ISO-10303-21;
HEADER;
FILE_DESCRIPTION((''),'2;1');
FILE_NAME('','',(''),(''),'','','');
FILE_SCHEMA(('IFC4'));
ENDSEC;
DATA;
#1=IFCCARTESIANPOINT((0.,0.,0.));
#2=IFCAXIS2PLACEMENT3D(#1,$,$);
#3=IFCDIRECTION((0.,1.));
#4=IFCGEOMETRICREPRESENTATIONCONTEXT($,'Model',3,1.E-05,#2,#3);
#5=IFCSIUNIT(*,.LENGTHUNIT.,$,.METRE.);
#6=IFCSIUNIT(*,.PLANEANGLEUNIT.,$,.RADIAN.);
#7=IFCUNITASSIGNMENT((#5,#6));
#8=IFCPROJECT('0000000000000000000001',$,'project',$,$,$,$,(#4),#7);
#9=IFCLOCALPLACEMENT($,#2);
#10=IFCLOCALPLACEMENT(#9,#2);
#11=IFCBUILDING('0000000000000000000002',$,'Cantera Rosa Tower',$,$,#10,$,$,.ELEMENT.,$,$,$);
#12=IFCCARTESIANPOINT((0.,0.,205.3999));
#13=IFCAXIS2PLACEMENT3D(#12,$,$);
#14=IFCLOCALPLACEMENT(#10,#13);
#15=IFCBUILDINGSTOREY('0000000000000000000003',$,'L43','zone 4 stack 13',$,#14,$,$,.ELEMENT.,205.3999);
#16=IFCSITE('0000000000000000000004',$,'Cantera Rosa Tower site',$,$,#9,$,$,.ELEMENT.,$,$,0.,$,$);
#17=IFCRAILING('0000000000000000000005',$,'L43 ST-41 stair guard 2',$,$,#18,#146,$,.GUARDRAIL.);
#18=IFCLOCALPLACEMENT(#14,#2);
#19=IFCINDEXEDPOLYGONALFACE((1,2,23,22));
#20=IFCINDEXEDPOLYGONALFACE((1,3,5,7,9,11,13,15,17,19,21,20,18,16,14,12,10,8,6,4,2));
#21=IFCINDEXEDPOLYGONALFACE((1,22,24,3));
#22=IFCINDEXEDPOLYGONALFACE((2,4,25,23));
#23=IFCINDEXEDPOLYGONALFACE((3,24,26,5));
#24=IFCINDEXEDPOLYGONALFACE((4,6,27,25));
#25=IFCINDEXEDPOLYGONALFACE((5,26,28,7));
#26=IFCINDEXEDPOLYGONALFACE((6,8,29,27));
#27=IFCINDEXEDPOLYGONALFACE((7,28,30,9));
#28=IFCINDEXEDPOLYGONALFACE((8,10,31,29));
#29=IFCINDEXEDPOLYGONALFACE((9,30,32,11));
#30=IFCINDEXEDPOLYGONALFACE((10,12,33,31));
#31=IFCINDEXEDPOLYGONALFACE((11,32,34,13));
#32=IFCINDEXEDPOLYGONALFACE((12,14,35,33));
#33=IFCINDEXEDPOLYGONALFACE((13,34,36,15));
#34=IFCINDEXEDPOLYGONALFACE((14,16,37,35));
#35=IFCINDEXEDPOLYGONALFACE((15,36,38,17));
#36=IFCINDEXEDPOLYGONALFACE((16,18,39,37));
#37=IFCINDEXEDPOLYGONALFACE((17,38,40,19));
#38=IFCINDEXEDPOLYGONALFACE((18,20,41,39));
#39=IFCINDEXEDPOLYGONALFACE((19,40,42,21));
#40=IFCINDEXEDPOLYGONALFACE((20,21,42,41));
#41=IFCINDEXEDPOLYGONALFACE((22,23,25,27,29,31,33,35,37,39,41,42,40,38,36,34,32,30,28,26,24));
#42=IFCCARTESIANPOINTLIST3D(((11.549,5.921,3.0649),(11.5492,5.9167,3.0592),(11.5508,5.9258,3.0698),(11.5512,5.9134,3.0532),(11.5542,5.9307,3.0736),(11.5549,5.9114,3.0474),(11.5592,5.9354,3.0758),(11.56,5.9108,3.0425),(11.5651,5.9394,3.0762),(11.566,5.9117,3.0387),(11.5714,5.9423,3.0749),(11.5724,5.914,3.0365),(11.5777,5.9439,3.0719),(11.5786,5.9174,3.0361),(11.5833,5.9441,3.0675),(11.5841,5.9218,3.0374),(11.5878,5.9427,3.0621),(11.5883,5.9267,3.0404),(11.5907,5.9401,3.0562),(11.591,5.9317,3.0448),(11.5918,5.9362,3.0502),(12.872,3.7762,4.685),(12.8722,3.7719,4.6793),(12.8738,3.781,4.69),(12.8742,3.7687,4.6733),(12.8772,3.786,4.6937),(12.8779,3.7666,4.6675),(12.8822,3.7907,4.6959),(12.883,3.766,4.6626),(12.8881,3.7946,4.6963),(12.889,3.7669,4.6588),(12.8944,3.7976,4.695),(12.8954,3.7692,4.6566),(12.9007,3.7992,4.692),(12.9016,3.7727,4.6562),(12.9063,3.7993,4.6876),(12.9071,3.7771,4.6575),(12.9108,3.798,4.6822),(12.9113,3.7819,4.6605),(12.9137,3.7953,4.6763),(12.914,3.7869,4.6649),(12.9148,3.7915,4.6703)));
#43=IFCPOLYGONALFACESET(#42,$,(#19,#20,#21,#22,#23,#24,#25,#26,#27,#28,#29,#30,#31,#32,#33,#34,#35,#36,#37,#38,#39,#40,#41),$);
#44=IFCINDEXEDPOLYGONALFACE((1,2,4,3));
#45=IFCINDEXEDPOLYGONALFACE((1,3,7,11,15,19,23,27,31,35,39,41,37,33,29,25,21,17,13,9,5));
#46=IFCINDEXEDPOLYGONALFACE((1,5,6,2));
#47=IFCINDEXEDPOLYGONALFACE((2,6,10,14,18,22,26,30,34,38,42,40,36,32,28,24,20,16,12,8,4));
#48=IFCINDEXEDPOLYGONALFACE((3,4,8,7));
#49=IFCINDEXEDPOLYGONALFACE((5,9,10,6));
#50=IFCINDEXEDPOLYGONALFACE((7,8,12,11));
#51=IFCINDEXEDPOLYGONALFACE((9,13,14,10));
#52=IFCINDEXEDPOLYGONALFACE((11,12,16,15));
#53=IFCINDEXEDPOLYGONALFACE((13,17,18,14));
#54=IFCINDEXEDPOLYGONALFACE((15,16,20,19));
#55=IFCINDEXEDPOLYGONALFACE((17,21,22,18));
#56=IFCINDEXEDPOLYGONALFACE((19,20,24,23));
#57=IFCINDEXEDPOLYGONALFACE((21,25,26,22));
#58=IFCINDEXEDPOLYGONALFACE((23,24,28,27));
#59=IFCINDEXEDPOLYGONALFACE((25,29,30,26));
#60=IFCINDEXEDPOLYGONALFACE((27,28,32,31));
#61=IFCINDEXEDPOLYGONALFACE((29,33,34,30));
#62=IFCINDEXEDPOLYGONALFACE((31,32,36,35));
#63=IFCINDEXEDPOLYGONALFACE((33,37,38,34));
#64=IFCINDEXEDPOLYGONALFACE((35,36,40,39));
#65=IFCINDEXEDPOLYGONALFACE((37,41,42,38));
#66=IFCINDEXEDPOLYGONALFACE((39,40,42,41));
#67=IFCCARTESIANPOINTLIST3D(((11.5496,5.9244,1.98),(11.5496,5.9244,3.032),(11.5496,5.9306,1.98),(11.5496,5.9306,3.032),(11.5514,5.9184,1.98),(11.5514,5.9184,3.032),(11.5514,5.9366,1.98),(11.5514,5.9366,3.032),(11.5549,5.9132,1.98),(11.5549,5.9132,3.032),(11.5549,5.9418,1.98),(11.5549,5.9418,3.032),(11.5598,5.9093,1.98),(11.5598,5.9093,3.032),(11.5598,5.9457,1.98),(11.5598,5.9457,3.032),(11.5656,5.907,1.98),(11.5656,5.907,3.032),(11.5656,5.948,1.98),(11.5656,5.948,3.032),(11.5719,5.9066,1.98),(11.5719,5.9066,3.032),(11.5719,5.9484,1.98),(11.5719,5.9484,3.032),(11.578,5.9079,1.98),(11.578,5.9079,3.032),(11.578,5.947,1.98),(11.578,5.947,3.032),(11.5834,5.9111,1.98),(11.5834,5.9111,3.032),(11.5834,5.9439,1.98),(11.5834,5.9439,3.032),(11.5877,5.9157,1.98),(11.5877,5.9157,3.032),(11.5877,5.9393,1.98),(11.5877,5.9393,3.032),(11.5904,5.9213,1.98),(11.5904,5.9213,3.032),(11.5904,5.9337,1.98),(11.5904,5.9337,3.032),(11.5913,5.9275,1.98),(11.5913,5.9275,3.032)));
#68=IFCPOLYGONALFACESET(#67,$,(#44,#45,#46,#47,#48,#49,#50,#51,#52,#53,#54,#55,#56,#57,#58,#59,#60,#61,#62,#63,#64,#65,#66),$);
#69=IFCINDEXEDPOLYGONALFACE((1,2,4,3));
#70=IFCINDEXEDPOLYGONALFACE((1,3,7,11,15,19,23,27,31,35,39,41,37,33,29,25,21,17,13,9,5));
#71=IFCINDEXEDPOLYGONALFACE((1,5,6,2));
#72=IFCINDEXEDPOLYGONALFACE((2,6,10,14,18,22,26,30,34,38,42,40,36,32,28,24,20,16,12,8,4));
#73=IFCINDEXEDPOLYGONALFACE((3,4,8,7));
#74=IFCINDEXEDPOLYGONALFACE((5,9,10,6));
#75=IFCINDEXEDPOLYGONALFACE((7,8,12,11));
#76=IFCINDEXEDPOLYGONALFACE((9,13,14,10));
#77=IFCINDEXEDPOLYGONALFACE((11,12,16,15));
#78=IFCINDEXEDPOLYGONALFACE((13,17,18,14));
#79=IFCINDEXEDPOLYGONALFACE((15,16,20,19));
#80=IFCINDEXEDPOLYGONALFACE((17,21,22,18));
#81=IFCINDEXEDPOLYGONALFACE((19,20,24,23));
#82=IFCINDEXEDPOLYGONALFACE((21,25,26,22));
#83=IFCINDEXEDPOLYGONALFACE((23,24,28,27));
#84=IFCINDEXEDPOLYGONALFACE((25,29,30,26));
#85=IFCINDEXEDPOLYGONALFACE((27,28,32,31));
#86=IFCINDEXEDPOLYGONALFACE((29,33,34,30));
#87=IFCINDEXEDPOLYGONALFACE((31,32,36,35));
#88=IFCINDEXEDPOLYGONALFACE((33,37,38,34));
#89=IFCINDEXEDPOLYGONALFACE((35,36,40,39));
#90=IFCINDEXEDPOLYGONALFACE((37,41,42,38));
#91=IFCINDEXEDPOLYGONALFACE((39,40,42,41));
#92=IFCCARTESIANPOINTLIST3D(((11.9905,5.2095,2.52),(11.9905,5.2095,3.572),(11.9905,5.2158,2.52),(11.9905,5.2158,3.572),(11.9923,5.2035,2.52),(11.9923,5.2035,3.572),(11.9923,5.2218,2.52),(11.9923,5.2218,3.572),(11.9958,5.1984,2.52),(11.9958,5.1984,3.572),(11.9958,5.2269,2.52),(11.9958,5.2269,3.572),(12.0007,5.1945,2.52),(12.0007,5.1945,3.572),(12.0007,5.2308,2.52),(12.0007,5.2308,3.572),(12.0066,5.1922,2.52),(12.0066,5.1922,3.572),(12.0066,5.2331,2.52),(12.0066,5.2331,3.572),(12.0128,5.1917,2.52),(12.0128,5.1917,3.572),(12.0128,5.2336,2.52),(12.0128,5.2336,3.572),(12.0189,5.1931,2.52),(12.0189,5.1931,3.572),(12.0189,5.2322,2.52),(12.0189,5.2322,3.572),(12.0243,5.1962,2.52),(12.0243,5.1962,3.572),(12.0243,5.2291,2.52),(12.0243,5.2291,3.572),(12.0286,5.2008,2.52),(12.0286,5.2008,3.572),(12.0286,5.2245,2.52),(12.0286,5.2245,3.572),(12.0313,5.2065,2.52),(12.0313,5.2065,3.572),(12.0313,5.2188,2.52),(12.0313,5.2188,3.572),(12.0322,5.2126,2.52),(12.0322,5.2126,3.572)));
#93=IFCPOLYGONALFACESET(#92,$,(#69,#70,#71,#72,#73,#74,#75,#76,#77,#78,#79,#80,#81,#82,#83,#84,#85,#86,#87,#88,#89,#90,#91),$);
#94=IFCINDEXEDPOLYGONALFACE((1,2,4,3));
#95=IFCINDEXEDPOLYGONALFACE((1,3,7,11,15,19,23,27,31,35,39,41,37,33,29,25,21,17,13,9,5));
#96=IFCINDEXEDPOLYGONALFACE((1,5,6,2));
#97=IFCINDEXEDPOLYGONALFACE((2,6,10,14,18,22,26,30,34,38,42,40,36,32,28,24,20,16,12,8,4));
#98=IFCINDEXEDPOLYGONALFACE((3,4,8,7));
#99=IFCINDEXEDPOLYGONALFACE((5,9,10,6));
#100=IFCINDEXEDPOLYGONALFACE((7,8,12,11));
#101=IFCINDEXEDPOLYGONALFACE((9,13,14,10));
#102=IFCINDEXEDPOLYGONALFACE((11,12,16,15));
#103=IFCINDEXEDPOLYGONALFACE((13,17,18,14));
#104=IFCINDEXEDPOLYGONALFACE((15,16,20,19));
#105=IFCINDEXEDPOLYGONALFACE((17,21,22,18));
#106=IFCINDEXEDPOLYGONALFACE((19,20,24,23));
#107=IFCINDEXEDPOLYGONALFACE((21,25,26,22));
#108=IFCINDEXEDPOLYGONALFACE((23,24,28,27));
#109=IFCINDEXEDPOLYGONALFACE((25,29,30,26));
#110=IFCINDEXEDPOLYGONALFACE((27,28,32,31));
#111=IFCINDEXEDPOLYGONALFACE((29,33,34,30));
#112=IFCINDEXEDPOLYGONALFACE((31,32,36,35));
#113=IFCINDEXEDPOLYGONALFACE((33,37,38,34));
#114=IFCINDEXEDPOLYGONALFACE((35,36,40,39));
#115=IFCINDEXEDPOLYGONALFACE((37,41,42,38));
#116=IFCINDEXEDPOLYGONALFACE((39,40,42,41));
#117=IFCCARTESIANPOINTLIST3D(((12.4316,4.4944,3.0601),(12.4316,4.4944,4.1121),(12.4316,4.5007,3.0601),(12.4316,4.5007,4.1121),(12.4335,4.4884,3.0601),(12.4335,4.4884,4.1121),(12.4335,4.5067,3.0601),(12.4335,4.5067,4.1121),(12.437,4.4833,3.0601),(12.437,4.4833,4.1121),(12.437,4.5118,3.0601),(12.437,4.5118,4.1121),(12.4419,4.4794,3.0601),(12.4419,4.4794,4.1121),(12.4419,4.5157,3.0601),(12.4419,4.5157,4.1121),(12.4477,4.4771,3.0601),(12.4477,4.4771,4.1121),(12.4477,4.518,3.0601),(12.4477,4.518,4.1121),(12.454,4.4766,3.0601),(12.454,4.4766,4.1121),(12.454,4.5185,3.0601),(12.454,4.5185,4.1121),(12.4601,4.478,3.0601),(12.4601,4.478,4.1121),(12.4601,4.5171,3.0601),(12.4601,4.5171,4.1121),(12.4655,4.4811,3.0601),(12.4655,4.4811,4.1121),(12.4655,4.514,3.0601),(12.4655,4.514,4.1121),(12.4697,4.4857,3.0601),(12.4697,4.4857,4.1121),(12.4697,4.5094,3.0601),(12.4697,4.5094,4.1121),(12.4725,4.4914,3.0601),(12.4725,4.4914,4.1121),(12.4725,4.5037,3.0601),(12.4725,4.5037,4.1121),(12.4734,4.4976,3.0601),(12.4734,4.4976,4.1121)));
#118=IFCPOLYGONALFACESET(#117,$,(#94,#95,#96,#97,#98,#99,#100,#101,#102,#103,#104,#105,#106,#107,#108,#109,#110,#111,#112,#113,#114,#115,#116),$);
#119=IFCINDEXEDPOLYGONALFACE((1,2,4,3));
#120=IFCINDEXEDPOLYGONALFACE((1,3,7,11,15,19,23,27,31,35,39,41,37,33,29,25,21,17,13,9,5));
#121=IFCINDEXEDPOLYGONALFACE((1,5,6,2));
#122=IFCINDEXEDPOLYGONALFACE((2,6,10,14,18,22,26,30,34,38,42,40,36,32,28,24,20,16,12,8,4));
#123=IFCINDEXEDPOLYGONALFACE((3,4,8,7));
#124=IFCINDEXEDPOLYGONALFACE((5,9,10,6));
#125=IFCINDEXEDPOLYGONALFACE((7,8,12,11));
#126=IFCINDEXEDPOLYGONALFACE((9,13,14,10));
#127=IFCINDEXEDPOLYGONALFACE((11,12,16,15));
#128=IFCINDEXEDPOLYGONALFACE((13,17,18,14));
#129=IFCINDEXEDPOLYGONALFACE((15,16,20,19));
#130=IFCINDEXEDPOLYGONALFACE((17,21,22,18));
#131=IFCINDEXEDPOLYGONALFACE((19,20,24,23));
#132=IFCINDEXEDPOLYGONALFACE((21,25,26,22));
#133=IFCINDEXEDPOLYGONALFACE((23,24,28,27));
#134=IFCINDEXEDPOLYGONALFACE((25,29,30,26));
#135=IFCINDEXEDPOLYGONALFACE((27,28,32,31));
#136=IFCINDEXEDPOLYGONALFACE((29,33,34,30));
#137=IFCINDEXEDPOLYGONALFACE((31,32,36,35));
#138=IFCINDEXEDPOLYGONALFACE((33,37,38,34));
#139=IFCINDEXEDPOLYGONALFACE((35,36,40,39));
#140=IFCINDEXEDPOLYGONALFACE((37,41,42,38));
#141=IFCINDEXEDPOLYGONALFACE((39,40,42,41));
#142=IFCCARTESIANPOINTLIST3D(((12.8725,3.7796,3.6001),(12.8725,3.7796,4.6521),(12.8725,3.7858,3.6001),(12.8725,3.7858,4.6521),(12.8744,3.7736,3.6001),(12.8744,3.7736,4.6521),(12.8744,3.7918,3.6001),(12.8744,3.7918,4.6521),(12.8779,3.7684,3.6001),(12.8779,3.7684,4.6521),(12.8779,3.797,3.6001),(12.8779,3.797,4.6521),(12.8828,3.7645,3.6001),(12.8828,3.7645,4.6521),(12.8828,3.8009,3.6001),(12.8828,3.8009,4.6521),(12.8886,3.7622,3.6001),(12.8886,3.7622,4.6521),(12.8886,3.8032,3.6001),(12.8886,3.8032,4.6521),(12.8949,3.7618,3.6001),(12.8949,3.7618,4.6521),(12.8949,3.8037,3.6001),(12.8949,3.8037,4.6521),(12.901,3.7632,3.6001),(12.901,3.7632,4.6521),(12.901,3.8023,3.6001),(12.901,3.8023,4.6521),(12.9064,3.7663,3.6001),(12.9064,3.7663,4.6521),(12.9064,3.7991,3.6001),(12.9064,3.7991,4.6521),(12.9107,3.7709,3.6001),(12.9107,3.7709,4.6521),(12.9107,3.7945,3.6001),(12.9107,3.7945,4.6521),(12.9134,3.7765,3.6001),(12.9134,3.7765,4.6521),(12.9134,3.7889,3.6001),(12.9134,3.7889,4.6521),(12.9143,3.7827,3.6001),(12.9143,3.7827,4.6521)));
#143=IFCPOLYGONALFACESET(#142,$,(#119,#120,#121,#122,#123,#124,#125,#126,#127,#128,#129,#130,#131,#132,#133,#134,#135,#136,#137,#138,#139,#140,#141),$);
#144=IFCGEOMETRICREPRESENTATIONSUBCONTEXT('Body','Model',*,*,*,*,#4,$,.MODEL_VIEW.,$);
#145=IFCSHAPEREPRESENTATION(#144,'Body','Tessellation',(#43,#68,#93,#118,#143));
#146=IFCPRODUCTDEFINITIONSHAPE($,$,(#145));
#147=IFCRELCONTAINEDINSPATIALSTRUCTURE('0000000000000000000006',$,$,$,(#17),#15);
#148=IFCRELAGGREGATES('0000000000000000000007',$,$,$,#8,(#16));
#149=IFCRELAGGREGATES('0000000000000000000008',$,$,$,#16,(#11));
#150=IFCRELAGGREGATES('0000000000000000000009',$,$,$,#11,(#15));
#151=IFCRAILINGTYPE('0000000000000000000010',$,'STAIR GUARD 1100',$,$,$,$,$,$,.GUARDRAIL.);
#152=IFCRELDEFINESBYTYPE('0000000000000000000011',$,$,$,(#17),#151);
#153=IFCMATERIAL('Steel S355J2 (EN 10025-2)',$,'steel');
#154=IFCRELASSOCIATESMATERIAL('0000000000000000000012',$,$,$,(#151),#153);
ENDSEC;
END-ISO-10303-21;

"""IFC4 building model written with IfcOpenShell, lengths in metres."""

from ifc_helpers import new_model, si_unit, direction, frame, origin, origin_2d, place, context, subcontext, project, spatial, circle, extrude, material, type_object, element, save


model = new_model("IFC4")

# Units and contexts
model_context = context("Model", 3, precision=1e-05, world=origin(), true_north=direction((0.0, 1.0)))
body_context = subcontext(model_context, "Body", "Model", "MODEL_VIEW")
ifc_project = project(units=[si_unit("LENGTHUNIT", "METRE"), si_unit("PLANEANGLEUNIT", "RADIAN")], contexts=[model_context])

# Site, building, storey
site_placement = place(None, origin())
site = spatial("IfcSite", under=ifc_project, at=site_placement, Name="Cantera Rosa Tower site", CompositionType="ELEMENT", RefElevation=0.0)
building_placement = place(site_placement, origin())
building = spatial("IfcBuilding", under=site, at=building_placement, Name="Cantera Rosa Tower", CompositionType="ELEMENT")
storey_placement = place(building_placement, frame((0.0, 0.0, 205.3999)))
storey = spatial("IfcBuildingStorey", under=building, at=storey_placement, Name="L43", Description="zone 4 stack 13", CompositionType="ELEMENT", Elevation=205.3999)

# Railing
ifc_material_1 = material(Name="Steel S355J2 (EN 10025-2)", Category="steel")
railing_type_1 = type_object("IfcRailingType", Name="STAIR GUARD 1100", PredefinedType="GUARDRAIL", material=ifc_material_1)
railing_1_placement = place(storey_placement, frame((11.5703, 5.9275, 1.98)))
element("IfcRailing", 1, at=railing_1_placement, inside=storey, type_object=railing_type_1, Name="L43 ST-41 stair guard 2", PredefinedType="GUARDRAIL", context=body_context, shape_type="SweptSolid", body=[
    extrude(circle(Radius=0.0239, at=origin_2d()), frame((0.0, 0.0, 1.0762), z_axis=(0.441609, -0.715914, 0.540786), x_axis=(0.851102, 0.525, 0.0)), (0.0, 0.0, 1.0), 2.9958),
    extrude(circle(Radius=0.021, at=origin_2d()), origin(), (0.0, 0.0, 1.0), 1.052),
    extrude(circle(Radius=0.021, at=origin_2d()), frame((0.4409, -0.7148, 0.54)), (0.0, 0.0, 1.0), 1.052),
    extrude(circle(Radius=0.021, at=origin_2d()), frame((0.8821, -1.4299, 1.0801)), (0.0, 0.0, 1.0), 1.052),
    extrude(circle(Radius=0.021, at=origin_2d()), frame((1.323, -2.1448, 1.6201)), (0.0, 0.0, 1.0), 1.052),
])

save(model, "model.ifc")
